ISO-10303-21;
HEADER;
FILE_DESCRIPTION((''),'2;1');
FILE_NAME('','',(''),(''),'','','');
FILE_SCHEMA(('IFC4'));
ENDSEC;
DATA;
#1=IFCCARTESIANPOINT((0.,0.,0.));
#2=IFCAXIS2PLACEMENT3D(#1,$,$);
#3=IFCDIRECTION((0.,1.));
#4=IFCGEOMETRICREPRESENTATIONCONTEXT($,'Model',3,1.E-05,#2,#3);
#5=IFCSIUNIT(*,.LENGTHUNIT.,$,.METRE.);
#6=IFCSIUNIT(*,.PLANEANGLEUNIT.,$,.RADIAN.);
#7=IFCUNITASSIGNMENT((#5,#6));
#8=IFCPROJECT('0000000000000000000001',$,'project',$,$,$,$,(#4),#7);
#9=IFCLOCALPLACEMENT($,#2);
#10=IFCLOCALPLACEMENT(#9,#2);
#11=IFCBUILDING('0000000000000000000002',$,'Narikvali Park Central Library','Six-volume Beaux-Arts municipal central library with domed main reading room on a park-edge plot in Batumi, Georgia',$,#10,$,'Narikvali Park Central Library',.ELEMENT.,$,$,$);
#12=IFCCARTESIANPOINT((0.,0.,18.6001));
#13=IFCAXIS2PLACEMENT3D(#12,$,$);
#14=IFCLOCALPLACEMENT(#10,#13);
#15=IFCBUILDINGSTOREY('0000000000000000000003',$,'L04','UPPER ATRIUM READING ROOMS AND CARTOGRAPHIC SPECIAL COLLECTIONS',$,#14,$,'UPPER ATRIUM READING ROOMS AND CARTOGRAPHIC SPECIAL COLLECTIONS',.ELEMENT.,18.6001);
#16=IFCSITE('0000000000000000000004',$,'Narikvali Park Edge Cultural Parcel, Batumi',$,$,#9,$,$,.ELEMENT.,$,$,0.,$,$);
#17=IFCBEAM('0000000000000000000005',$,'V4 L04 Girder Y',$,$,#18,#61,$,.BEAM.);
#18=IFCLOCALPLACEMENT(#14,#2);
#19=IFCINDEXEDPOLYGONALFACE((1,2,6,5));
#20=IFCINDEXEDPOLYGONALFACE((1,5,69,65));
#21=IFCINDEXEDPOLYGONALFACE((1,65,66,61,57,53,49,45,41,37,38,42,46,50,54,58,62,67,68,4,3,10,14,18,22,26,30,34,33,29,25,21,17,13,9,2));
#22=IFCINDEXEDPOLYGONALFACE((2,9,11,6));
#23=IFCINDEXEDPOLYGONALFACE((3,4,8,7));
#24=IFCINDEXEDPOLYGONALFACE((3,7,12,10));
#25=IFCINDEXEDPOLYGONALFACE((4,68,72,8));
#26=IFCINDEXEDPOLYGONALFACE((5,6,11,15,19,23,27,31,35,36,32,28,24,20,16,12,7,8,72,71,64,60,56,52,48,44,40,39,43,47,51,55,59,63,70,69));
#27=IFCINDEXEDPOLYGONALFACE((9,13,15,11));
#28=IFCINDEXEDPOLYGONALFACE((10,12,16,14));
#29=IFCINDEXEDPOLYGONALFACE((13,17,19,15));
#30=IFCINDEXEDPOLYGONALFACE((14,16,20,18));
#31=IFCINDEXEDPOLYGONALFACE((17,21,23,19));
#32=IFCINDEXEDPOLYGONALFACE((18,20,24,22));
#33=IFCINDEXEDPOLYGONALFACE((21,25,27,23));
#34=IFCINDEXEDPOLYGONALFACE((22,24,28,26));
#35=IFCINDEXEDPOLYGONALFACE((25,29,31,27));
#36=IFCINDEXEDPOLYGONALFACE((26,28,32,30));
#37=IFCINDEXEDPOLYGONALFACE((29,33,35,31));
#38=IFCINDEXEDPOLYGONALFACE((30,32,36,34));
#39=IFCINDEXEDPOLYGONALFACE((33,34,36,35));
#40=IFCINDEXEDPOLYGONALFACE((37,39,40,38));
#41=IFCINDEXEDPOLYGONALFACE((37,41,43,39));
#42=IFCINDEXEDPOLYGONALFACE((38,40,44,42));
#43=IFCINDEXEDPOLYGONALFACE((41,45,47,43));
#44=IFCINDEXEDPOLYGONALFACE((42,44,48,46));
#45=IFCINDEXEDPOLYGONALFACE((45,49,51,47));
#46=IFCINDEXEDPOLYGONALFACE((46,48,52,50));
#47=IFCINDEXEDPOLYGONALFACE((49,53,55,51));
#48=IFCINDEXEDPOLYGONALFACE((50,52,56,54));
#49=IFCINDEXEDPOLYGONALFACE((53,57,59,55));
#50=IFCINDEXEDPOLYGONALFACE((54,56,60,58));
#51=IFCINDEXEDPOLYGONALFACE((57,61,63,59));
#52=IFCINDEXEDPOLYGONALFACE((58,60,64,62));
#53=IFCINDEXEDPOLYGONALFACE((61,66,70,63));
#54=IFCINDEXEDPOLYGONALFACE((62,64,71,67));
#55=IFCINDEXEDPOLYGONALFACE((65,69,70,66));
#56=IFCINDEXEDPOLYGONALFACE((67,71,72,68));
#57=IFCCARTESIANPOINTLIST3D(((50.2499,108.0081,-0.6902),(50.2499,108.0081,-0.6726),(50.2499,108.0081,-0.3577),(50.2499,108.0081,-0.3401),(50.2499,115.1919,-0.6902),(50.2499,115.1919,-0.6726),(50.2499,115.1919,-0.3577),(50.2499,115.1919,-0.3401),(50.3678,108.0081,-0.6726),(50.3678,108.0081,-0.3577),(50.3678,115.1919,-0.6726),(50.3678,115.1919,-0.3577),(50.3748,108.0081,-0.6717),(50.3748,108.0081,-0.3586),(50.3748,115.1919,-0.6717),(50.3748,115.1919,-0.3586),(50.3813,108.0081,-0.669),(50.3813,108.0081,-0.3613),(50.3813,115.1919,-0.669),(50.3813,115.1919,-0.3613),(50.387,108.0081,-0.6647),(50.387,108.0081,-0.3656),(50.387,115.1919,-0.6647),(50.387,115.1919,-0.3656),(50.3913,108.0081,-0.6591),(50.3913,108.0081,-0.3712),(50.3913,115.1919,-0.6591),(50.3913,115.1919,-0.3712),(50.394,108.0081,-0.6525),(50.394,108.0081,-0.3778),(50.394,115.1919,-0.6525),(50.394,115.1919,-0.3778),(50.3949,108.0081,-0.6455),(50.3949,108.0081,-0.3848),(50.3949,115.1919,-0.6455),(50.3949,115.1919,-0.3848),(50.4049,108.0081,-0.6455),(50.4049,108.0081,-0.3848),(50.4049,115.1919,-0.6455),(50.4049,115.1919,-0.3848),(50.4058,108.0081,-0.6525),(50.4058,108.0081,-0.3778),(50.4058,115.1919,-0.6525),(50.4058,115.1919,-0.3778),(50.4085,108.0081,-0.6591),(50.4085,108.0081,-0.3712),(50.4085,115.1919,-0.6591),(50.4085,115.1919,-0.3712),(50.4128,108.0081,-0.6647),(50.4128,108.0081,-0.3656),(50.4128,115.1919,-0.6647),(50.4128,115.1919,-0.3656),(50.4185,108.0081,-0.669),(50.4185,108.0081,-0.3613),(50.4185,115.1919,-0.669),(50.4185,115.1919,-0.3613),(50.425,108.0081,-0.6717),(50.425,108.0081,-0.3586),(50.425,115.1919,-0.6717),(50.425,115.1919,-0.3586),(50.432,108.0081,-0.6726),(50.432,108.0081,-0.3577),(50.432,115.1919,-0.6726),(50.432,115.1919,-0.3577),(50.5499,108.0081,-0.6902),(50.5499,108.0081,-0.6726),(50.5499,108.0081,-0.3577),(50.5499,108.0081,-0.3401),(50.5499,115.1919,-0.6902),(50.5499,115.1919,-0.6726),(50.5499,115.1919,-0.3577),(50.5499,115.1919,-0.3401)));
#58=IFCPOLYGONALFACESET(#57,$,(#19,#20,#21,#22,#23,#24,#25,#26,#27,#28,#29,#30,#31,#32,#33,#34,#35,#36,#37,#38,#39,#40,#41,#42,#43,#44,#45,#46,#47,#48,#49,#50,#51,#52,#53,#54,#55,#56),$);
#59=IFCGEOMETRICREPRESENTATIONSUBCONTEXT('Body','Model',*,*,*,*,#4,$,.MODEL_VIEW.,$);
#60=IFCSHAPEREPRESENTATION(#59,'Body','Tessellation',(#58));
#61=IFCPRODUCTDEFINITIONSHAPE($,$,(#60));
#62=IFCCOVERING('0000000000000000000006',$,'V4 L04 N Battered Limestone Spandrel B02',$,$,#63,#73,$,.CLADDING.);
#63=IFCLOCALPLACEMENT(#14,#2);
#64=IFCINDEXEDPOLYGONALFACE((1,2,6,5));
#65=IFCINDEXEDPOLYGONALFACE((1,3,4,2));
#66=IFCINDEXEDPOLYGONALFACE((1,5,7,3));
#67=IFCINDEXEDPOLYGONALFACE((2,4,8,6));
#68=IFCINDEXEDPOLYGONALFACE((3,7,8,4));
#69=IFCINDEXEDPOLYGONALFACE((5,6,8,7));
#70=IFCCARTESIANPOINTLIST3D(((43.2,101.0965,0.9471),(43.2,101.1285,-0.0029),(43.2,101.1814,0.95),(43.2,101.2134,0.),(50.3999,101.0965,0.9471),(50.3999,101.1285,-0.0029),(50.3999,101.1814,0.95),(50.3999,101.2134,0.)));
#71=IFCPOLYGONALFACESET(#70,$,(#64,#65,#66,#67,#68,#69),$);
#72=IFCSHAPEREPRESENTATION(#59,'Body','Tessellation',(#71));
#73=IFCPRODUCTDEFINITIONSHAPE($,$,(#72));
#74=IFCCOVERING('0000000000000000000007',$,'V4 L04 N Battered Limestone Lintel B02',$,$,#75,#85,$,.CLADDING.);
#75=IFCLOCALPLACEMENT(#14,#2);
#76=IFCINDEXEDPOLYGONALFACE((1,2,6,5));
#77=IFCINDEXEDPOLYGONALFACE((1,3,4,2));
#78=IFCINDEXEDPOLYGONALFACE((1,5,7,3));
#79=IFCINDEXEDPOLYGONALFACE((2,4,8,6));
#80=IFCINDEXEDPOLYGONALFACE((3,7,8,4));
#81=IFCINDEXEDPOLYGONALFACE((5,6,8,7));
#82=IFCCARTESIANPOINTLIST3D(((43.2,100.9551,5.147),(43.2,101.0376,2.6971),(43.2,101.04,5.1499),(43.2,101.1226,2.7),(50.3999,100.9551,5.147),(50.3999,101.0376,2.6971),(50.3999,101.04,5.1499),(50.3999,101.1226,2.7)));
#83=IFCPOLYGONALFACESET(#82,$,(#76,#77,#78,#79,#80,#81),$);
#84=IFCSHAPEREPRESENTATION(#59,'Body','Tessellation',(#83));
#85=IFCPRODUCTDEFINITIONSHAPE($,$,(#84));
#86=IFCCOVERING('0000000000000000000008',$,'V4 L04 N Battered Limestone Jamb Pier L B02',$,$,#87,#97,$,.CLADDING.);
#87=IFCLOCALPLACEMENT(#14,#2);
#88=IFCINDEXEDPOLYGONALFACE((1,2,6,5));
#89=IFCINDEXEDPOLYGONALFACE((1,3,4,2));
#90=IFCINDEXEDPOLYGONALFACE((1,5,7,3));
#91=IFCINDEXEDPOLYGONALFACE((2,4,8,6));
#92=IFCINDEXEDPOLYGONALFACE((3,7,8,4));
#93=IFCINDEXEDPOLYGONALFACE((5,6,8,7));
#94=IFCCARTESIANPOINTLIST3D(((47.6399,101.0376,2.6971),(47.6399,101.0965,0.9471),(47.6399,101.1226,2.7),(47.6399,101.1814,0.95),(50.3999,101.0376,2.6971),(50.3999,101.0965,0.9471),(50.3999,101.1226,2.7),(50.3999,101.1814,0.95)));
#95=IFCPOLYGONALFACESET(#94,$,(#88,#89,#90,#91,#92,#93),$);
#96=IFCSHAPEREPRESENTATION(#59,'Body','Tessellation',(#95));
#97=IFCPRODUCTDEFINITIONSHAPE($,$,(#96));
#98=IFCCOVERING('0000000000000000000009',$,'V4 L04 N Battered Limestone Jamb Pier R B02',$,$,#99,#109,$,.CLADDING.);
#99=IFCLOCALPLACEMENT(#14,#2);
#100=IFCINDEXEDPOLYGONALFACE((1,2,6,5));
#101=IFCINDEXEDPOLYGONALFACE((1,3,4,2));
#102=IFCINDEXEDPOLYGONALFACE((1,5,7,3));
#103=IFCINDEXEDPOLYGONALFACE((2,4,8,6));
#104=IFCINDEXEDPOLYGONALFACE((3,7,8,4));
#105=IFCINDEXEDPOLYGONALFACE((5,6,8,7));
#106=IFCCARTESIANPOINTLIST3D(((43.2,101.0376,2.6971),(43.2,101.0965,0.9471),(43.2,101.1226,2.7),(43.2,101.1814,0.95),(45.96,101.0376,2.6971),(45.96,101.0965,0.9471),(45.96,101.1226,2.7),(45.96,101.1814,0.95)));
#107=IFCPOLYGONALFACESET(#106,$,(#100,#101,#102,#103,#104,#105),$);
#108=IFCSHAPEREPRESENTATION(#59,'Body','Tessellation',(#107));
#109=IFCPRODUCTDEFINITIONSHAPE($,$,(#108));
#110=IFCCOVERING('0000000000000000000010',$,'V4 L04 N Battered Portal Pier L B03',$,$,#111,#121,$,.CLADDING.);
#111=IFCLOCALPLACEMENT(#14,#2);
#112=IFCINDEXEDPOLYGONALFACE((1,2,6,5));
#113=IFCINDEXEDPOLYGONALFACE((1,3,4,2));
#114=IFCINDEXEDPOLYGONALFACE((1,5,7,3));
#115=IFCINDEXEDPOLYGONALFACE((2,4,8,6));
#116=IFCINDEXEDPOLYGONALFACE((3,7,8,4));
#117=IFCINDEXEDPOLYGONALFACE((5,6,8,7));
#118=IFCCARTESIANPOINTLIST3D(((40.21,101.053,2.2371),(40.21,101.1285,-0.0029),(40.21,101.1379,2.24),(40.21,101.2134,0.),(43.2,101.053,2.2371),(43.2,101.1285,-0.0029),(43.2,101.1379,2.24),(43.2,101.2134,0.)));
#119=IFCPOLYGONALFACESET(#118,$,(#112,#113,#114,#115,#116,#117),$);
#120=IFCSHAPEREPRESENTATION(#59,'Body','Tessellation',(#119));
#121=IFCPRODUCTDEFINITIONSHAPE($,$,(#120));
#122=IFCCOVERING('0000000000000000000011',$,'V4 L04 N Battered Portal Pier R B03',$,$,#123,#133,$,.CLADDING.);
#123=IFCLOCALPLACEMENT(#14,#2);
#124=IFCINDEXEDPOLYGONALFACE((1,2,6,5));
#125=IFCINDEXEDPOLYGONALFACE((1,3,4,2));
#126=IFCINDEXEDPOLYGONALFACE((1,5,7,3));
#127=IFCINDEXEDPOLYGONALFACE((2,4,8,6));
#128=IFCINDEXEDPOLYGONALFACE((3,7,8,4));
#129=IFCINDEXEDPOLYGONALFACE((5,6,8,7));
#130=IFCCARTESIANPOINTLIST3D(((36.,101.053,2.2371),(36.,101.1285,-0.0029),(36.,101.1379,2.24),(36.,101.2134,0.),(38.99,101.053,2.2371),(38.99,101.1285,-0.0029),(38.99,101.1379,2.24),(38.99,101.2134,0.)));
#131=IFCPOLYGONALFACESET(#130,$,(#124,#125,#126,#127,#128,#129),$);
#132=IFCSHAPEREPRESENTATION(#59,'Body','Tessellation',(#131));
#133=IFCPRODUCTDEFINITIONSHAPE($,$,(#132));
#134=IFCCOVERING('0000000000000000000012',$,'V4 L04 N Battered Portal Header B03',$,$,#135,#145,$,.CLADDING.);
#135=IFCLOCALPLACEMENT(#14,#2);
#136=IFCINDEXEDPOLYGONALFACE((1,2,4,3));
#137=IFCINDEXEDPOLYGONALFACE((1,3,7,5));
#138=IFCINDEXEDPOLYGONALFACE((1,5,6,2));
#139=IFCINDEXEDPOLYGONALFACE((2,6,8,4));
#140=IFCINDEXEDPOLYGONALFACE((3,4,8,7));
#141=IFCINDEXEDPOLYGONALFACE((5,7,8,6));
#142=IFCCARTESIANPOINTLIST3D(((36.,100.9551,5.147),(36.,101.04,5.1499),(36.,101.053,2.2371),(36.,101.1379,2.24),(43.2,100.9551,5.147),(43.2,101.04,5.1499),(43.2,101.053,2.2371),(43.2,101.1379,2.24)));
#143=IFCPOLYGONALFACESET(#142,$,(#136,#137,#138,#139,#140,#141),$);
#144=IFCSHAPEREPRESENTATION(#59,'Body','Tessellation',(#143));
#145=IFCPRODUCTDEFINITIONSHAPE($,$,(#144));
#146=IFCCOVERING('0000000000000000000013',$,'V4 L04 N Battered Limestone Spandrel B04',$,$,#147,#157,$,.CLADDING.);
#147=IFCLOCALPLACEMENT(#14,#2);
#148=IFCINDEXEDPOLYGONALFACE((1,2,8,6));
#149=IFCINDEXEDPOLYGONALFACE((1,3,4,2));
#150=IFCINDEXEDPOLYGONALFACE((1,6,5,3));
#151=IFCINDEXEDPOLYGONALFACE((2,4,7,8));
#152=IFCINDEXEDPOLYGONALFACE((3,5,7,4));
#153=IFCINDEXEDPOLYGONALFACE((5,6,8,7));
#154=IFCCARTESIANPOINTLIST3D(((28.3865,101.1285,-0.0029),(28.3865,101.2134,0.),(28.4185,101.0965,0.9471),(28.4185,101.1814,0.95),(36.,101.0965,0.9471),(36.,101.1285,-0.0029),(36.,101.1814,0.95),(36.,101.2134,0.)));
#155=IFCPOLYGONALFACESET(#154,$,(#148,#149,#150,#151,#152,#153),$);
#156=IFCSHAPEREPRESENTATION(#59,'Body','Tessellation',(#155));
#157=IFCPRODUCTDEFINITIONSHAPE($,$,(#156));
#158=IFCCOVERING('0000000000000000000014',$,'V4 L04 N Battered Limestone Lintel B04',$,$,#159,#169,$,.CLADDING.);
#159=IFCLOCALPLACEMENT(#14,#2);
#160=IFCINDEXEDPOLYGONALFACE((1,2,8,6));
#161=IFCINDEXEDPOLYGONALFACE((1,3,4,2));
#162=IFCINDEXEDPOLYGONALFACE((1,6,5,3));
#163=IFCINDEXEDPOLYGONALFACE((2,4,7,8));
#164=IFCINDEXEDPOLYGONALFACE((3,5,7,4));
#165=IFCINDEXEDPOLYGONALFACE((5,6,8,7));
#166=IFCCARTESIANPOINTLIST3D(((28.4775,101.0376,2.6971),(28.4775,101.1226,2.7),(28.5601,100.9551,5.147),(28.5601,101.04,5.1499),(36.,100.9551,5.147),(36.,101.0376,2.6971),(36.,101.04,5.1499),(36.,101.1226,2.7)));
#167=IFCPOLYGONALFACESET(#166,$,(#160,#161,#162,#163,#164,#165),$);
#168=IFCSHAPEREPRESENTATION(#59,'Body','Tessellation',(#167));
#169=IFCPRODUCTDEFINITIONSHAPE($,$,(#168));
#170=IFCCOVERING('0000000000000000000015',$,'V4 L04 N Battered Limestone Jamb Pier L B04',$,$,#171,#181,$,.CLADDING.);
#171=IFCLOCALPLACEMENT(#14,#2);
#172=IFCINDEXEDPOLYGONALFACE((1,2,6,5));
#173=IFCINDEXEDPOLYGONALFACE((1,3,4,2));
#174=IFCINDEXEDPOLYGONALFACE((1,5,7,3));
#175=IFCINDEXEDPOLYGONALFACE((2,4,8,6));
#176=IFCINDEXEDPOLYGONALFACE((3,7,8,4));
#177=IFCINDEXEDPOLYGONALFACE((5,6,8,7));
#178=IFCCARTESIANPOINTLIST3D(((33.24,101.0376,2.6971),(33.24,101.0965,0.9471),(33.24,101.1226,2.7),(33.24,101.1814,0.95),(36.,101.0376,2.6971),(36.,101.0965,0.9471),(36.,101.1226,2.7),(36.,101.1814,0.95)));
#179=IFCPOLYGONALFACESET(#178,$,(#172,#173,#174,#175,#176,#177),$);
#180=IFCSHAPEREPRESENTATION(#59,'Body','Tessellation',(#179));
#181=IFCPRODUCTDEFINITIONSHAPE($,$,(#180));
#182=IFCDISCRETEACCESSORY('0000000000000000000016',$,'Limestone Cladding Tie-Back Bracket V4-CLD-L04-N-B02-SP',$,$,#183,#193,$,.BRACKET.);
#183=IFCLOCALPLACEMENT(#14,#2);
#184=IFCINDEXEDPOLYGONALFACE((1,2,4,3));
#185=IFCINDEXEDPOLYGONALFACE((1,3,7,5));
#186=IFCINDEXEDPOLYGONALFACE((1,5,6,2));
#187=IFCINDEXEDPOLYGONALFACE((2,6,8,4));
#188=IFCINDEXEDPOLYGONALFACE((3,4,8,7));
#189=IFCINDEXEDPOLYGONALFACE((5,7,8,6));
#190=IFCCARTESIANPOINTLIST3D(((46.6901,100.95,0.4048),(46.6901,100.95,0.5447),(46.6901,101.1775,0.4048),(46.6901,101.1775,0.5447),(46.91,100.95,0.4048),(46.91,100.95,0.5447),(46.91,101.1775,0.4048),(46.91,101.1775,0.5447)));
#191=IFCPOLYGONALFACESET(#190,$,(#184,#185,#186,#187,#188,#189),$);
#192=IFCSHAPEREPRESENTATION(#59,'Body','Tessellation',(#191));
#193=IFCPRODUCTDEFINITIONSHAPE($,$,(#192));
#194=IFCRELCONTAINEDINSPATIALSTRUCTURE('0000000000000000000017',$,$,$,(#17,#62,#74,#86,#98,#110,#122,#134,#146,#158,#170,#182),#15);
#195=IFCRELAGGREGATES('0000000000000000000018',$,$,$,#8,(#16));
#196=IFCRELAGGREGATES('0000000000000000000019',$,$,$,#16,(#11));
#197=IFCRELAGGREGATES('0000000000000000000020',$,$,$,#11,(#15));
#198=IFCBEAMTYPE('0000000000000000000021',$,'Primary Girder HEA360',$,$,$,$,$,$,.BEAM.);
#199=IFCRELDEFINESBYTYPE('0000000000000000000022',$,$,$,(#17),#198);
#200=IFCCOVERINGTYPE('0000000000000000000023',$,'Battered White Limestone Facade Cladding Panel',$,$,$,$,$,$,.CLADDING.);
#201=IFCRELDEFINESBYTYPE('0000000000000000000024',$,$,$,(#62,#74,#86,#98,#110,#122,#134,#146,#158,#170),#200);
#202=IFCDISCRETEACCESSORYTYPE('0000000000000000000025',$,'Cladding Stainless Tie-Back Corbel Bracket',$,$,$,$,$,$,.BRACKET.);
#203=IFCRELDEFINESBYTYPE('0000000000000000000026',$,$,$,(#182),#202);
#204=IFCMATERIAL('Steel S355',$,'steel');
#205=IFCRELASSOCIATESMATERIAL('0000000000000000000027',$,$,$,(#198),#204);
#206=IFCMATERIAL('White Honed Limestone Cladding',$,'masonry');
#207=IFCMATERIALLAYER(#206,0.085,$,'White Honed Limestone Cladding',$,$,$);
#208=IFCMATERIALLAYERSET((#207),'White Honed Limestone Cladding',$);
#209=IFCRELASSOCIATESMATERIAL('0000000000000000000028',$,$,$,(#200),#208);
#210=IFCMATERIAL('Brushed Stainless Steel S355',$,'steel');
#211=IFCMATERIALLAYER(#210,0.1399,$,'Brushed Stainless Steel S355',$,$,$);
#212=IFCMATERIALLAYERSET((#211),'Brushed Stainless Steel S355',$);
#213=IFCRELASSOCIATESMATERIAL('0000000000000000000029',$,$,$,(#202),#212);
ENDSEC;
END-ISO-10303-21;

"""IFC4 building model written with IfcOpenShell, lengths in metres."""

from ifc_helpers import new_model, si_unit, direction, frame, origin, origin_2d, place, context, subcontext, project, spatial, polyline, rectangle, i_section, outline, extrude, material, layer, layer_set, material_profile, profile_set, type_object, element, save


model = new_model("IFC4")

# Units and contexts
model_context = context("Model", 3, precision=1e-05, world=origin(), true_north=direction((0.0, 1.0)))
body_context = subcontext(model_context, "Body", "Model", "MODEL_VIEW")
ifc_project = project(units=[si_unit("LENGTHUNIT", "METRE"), si_unit("PLANEANGLEUNIT", "RADIAN")], contexts=[model_context])

# Site, building, storey
site_placement = place(None, origin())
site = spatial("IfcSite", under=ifc_project, at=site_placement, Name="Narikvali Park Edge Cultural Parcel, Batumi", CompositionType="ELEMENT", RefElevation=0.0)
building_placement = place(site_placement, origin())
building = spatial("IfcBuilding", under=site, at=building_placement, Name="Narikvali Park Central Library", Description="Six-volume Beaux-Arts municipal central library with domed main reading room on a park-edge plot in Batumi, Georgia", LongName="Narikvali Park Central Library", CompositionType="ELEMENT")
storey_placement = place(building_placement, frame((0.0, 0.0, 18.6001)))
storey = spatial("IfcBuildingStorey", under=building, at=storey_placement, Name="L04", Description="UPPER ATRIUM READING ROOMS AND CARTOGRAPHIC SPECIAL COLLECTIONS", LongName="UPPER ATRIUM READING ROOMS AND CARTOGRAPHIC SPECIAL COLLECTIONS", CompositionType="ELEMENT", Elevation=18.6001)

# Beam
ifc_material_1 = material(Name="Steel S355", Category="steel")
ifc_material_profile_1 = material_profile(ifc_material_1, i_section(OverallWidth=0.3, OverallDepth=0.3501, WebThickness=0.01, FlangeThickness=0.0176, FilletRadius=0.0271, at=origin_2d()), Name="HEA 360")
ifc_profile_set_1 = profile_set([ifc_material_profile_1], Name="Steel S355")
beam_type_1 = type_object("IfcBeamType", Name="Primary Girder HEA360", PredefinedType="BEAM", material=ifc_profile_set_1)
for number, where, z_axis, x_axis, name in (
    (1, (50.3999, 108.0081, -0.5151), (0.0, 1.0, 0.0), (-1.0, 0.0, 0.0), "V4 L04 Girder Y"),
):
    element("IfcBeam", number, at=place(storey_placement, frame(where, z_axis=z_axis, x_axis=x_axis)), inside=storey, type_object=beam_type_1, Name=name, PredefinedType="BEAM", context=body_context, shape_type="SweptSolid", body=[
        extrude(i_section(OverallWidth=0.3, OverallDepth=0.3501, WebThickness=0.01, FlangeThickness=0.0176, FilletRadius=0.0271, at=origin_2d()), origin(), (0.0, 0.0, 1.0), 7.1838),
    ])

# Coverings
ifc_material_2 = material(Name="White Honed Limestone Cladding", Category="masonry")
ifc_layer_1 = layer(ifc_material_2, 0.085, Name="White Honed Limestone Cladding")
ifc_layer_set_1 = layer_set([ifc_layer_1], Name="White Honed Limestone Cladding")
covering_type = type_object("IfcCoveringType", Name="Battered White Limestone Facade Cladding Panel", PredefinedType="CLADDING", material=ifc_layer_set_1)
covering_1_placement = place(storey_placement, frame((50.3999, 101.2134, 0.0), z_axis=(0.0, 0.999434, 0.033648), x_axis=(-1.0, 0.0, 0.0)))
element("IfcCovering", 2, at=covering_1_placement, inside=storey, type_object=covering_type, Name="V4 L04 N Battered Limestone Spandrel B02", PredefinedType="CLADDING", context=body_context, shape_type="SweptSolid", body=[
    extrude(outline(polyline([(0.0, 0.0), (7.2, 0.0), (7.2, 0.9505), (0.0, 0.9505), (0.0, 0.0)])), origin(), (0.0, 0.0, -1.0), 0.085),
])
covering_2_placement = place(storey_placement, frame((50.3999, 101.1226, 2.7), z_axis=(0.0, 0.999433, 0.033663), x_axis=(-1.0, 0.0, 0.0)))
element("IfcCovering", 3, at=covering_2_placement, inside=storey, type_object=covering_type, Name="V4 L04 N Battered Limestone Lintel B02", PredefinedType="CLADDING", context=body_context, shape_type="SweptSolid", body=[
    extrude(outline(polyline([(0.0, 0.0), (7.2, 0.0), (7.2, 2.4513), (0.0, 2.4513), (0.0, 0.0)])), origin(), (0.0, 0.0, -1.0), 0.085),
])
for number, where, z_axis, x_axis, name in (
    (4, (50.3999, 101.1814, 0.95), (0.0, 0.999435, 0.033603), (-1.0, 0.0, 0.0), "V4 L04 N Battered Limestone Jamb Pier L B02"),
    (5, (45.96, 101.1814, 0.95), (0.0, 0.999435, 0.033603), (-1.0, 0.0, 0.0), "V4 L04 N Battered Limestone Jamb Pier R B02"),
):
    element("IfcCovering", number, at=place(storey_placement, frame(where, z_axis=z_axis, x_axis=x_axis)), inside=storey, type_object=covering_type, Name=name, PredefinedType="CLADDING", context=body_context, shape_type="SweptSolid", body=[
        extrude(outline(polyline([(0.0, 0.0), (2.76, 0.0), (2.76, 1.751), (0.0, 1.751), (0.0, 0.0)])), origin(), (0.0, 0.0, -1.0), 0.085),
    ])
for number, where, z_axis, x_axis, name in (
    (6, (43.2, 101.2134, 0.0), (0.0, 0.999433, 0.033659), (-1.0, 0.0, 0.0), "V4 L04 N Battered Portal Pier L B03"),
    (7, (38.99, 101.2134, 0.0), (0.0, 0.999433, 0.033659), (-1.0, 0.0, 0.0), "V4 L04 N Battered Portal Pier R B03"),
):
    element("IfcCovering", number, at=place(storey_placement, frame(where, z_axis=z_axis, x_axis=x_axis)), inside=storey, type_object=covering_type, Name=name, PredefinedType="CLADDING", context=body_context, shape_type="SweptSolid", body=[
        extrude(outline(polyline([(0.0, 0.0), (2.99, 0.0), (2.99, 2.2413), (0.0, 2.2413), (0.0, 0.0)])), origin(), (0.0, 0.0, -1.0), 0.085),
    ])
covering_3_placement = place(storey_placement, frame((43.2, 101.1379, 2.24), z_axis=(0.0, 0.999435, 0.033625), x_axis=(-1.0, 0.0, 0.0)))
element("IfcCovering", 8, at=covering_3_placement, inside=storey, type_object=covering_type, Name="V4 L04 N Battered Portal Header B03", PredefinedType="CLADDING", context=body_context, shape_type="SweptSolid", body=[
    extrude(outline(polyline([(0.0, 0.0), (7.2, 0.0), (7.2, 2.9116), (0.0, 2.9116), (0.0, 0.0)])), origin(), (0.0, 0.0, -1.0), 0.085),
])
covering_4_placement = place(storey_placement, frame((36.0, 101.2134, 0.0), z_axis=(0.0, 0.999434, 0.033648), x_axis=(-1.0, 0.0, 0.0)))
element("IfcCovering", 9, at=covering_4_placement, inside=storey, type_object=covering_type, Name="V4 L04 N Battered Limestone Spandrel B04", PredefinedType="CLADDING", context=body_context, shape_type="SweptSolid", body=[
    extrude(outline(polyline([(0.0, 0.0), (7.6135, 0.0), (7.5815, 0.9505), (0.0, 0.9505), (0.0, 0.0)])), origin(), (0.0, 0.0, -1.0), 0.085),
])
covering_5_placement = place(storey_placement, frame((36.0, 101.1226, 2.7), z_axis=(0.0, 0.999433, 0.033663), x_axis=(-1.0, 0.0, 0.0)))
element("IfcCovering", 10, at=covering_5_placement, inside=storey, type_object=covering_type, Name="V4 L04 N Battered Limestone Lintel B04", PredefinedType="CLADDING", context=body_context, shape_type="SweptSolid", body=[
    extrude(outline(polyline([(0.0, 0.0), (7.5225, 0.0), (7.4399, 2.4513), (0.0, 2.4513), (0.0, 0.0)])), origin(), (0.0, 0.0, -1.0), 0.085),
])
covering_6_placement = place(storey_placement, frame((36.0, 101.1814, 0.95), z_axis=(0.0, 0.999435, 0.033603), x_axis=(-1.0, 0.0, 0.0)))
element("IfcCovering", 11, at=covering_6_placement, inside=storey, type_object=covering_type, Name="V4 L04 N Battered Limestone Jamb Pier L B04", PredefinedType="CLADDING", context=body_context, shape_type="SweptSolid", body=[
    extrude(outline(polyline([(0.0, 0.0), (2.76, 0.0), (2.76, 1.751), (0.0, 1.751), (0.0, 0.0)])), origin(), (0.0, 0.0, -1.0), 0.085),
])

# Discrete accessory
ifc_material_3 = material(Name="Brushed Stainless Steel S355", Category="steel")
ifc_layer_2 = layer(ifc_material_3, 0.1399, Name="Brushed Stainless Steel S355")
ifc_layer_set_2 = layer_set([ifc_layer_2], Name="Brushed Stainless Steel S355")
discrete_accessory_type = type_object("IfcDiscreteAccessoryType", Name="Cladding Stainless Tie-Back Corbel Bracket", PredefinedType="BRACKET", material=ifc_layer_set_2)
discrete_accessory_1_placement = place(storey_placement, frame((46.8, 101.0637, 0.4048), z_axis=(0.0, 0.0, 1.0), x_axis=(1.0, 0.0, 0.0)))
element("IfcDiscreteAccessory", 12, at=discrete_accessory_1_placement, inside=storey, type_object=discrete_accessory_type, Name="Limestone Cladding Tie-Back Bracket V4-CLD-L04-N-B02-SP", PredefinedType="BRACKET", context=body_context, shape_type="SweptSolid", body=[
    extrude(rectangle(XDim=0.22, YDim=0.2275, at=origin_2d()), origin(), (0.0, 0.0, 1.0), 0.1399),
])

save(model, "model.ifc")
